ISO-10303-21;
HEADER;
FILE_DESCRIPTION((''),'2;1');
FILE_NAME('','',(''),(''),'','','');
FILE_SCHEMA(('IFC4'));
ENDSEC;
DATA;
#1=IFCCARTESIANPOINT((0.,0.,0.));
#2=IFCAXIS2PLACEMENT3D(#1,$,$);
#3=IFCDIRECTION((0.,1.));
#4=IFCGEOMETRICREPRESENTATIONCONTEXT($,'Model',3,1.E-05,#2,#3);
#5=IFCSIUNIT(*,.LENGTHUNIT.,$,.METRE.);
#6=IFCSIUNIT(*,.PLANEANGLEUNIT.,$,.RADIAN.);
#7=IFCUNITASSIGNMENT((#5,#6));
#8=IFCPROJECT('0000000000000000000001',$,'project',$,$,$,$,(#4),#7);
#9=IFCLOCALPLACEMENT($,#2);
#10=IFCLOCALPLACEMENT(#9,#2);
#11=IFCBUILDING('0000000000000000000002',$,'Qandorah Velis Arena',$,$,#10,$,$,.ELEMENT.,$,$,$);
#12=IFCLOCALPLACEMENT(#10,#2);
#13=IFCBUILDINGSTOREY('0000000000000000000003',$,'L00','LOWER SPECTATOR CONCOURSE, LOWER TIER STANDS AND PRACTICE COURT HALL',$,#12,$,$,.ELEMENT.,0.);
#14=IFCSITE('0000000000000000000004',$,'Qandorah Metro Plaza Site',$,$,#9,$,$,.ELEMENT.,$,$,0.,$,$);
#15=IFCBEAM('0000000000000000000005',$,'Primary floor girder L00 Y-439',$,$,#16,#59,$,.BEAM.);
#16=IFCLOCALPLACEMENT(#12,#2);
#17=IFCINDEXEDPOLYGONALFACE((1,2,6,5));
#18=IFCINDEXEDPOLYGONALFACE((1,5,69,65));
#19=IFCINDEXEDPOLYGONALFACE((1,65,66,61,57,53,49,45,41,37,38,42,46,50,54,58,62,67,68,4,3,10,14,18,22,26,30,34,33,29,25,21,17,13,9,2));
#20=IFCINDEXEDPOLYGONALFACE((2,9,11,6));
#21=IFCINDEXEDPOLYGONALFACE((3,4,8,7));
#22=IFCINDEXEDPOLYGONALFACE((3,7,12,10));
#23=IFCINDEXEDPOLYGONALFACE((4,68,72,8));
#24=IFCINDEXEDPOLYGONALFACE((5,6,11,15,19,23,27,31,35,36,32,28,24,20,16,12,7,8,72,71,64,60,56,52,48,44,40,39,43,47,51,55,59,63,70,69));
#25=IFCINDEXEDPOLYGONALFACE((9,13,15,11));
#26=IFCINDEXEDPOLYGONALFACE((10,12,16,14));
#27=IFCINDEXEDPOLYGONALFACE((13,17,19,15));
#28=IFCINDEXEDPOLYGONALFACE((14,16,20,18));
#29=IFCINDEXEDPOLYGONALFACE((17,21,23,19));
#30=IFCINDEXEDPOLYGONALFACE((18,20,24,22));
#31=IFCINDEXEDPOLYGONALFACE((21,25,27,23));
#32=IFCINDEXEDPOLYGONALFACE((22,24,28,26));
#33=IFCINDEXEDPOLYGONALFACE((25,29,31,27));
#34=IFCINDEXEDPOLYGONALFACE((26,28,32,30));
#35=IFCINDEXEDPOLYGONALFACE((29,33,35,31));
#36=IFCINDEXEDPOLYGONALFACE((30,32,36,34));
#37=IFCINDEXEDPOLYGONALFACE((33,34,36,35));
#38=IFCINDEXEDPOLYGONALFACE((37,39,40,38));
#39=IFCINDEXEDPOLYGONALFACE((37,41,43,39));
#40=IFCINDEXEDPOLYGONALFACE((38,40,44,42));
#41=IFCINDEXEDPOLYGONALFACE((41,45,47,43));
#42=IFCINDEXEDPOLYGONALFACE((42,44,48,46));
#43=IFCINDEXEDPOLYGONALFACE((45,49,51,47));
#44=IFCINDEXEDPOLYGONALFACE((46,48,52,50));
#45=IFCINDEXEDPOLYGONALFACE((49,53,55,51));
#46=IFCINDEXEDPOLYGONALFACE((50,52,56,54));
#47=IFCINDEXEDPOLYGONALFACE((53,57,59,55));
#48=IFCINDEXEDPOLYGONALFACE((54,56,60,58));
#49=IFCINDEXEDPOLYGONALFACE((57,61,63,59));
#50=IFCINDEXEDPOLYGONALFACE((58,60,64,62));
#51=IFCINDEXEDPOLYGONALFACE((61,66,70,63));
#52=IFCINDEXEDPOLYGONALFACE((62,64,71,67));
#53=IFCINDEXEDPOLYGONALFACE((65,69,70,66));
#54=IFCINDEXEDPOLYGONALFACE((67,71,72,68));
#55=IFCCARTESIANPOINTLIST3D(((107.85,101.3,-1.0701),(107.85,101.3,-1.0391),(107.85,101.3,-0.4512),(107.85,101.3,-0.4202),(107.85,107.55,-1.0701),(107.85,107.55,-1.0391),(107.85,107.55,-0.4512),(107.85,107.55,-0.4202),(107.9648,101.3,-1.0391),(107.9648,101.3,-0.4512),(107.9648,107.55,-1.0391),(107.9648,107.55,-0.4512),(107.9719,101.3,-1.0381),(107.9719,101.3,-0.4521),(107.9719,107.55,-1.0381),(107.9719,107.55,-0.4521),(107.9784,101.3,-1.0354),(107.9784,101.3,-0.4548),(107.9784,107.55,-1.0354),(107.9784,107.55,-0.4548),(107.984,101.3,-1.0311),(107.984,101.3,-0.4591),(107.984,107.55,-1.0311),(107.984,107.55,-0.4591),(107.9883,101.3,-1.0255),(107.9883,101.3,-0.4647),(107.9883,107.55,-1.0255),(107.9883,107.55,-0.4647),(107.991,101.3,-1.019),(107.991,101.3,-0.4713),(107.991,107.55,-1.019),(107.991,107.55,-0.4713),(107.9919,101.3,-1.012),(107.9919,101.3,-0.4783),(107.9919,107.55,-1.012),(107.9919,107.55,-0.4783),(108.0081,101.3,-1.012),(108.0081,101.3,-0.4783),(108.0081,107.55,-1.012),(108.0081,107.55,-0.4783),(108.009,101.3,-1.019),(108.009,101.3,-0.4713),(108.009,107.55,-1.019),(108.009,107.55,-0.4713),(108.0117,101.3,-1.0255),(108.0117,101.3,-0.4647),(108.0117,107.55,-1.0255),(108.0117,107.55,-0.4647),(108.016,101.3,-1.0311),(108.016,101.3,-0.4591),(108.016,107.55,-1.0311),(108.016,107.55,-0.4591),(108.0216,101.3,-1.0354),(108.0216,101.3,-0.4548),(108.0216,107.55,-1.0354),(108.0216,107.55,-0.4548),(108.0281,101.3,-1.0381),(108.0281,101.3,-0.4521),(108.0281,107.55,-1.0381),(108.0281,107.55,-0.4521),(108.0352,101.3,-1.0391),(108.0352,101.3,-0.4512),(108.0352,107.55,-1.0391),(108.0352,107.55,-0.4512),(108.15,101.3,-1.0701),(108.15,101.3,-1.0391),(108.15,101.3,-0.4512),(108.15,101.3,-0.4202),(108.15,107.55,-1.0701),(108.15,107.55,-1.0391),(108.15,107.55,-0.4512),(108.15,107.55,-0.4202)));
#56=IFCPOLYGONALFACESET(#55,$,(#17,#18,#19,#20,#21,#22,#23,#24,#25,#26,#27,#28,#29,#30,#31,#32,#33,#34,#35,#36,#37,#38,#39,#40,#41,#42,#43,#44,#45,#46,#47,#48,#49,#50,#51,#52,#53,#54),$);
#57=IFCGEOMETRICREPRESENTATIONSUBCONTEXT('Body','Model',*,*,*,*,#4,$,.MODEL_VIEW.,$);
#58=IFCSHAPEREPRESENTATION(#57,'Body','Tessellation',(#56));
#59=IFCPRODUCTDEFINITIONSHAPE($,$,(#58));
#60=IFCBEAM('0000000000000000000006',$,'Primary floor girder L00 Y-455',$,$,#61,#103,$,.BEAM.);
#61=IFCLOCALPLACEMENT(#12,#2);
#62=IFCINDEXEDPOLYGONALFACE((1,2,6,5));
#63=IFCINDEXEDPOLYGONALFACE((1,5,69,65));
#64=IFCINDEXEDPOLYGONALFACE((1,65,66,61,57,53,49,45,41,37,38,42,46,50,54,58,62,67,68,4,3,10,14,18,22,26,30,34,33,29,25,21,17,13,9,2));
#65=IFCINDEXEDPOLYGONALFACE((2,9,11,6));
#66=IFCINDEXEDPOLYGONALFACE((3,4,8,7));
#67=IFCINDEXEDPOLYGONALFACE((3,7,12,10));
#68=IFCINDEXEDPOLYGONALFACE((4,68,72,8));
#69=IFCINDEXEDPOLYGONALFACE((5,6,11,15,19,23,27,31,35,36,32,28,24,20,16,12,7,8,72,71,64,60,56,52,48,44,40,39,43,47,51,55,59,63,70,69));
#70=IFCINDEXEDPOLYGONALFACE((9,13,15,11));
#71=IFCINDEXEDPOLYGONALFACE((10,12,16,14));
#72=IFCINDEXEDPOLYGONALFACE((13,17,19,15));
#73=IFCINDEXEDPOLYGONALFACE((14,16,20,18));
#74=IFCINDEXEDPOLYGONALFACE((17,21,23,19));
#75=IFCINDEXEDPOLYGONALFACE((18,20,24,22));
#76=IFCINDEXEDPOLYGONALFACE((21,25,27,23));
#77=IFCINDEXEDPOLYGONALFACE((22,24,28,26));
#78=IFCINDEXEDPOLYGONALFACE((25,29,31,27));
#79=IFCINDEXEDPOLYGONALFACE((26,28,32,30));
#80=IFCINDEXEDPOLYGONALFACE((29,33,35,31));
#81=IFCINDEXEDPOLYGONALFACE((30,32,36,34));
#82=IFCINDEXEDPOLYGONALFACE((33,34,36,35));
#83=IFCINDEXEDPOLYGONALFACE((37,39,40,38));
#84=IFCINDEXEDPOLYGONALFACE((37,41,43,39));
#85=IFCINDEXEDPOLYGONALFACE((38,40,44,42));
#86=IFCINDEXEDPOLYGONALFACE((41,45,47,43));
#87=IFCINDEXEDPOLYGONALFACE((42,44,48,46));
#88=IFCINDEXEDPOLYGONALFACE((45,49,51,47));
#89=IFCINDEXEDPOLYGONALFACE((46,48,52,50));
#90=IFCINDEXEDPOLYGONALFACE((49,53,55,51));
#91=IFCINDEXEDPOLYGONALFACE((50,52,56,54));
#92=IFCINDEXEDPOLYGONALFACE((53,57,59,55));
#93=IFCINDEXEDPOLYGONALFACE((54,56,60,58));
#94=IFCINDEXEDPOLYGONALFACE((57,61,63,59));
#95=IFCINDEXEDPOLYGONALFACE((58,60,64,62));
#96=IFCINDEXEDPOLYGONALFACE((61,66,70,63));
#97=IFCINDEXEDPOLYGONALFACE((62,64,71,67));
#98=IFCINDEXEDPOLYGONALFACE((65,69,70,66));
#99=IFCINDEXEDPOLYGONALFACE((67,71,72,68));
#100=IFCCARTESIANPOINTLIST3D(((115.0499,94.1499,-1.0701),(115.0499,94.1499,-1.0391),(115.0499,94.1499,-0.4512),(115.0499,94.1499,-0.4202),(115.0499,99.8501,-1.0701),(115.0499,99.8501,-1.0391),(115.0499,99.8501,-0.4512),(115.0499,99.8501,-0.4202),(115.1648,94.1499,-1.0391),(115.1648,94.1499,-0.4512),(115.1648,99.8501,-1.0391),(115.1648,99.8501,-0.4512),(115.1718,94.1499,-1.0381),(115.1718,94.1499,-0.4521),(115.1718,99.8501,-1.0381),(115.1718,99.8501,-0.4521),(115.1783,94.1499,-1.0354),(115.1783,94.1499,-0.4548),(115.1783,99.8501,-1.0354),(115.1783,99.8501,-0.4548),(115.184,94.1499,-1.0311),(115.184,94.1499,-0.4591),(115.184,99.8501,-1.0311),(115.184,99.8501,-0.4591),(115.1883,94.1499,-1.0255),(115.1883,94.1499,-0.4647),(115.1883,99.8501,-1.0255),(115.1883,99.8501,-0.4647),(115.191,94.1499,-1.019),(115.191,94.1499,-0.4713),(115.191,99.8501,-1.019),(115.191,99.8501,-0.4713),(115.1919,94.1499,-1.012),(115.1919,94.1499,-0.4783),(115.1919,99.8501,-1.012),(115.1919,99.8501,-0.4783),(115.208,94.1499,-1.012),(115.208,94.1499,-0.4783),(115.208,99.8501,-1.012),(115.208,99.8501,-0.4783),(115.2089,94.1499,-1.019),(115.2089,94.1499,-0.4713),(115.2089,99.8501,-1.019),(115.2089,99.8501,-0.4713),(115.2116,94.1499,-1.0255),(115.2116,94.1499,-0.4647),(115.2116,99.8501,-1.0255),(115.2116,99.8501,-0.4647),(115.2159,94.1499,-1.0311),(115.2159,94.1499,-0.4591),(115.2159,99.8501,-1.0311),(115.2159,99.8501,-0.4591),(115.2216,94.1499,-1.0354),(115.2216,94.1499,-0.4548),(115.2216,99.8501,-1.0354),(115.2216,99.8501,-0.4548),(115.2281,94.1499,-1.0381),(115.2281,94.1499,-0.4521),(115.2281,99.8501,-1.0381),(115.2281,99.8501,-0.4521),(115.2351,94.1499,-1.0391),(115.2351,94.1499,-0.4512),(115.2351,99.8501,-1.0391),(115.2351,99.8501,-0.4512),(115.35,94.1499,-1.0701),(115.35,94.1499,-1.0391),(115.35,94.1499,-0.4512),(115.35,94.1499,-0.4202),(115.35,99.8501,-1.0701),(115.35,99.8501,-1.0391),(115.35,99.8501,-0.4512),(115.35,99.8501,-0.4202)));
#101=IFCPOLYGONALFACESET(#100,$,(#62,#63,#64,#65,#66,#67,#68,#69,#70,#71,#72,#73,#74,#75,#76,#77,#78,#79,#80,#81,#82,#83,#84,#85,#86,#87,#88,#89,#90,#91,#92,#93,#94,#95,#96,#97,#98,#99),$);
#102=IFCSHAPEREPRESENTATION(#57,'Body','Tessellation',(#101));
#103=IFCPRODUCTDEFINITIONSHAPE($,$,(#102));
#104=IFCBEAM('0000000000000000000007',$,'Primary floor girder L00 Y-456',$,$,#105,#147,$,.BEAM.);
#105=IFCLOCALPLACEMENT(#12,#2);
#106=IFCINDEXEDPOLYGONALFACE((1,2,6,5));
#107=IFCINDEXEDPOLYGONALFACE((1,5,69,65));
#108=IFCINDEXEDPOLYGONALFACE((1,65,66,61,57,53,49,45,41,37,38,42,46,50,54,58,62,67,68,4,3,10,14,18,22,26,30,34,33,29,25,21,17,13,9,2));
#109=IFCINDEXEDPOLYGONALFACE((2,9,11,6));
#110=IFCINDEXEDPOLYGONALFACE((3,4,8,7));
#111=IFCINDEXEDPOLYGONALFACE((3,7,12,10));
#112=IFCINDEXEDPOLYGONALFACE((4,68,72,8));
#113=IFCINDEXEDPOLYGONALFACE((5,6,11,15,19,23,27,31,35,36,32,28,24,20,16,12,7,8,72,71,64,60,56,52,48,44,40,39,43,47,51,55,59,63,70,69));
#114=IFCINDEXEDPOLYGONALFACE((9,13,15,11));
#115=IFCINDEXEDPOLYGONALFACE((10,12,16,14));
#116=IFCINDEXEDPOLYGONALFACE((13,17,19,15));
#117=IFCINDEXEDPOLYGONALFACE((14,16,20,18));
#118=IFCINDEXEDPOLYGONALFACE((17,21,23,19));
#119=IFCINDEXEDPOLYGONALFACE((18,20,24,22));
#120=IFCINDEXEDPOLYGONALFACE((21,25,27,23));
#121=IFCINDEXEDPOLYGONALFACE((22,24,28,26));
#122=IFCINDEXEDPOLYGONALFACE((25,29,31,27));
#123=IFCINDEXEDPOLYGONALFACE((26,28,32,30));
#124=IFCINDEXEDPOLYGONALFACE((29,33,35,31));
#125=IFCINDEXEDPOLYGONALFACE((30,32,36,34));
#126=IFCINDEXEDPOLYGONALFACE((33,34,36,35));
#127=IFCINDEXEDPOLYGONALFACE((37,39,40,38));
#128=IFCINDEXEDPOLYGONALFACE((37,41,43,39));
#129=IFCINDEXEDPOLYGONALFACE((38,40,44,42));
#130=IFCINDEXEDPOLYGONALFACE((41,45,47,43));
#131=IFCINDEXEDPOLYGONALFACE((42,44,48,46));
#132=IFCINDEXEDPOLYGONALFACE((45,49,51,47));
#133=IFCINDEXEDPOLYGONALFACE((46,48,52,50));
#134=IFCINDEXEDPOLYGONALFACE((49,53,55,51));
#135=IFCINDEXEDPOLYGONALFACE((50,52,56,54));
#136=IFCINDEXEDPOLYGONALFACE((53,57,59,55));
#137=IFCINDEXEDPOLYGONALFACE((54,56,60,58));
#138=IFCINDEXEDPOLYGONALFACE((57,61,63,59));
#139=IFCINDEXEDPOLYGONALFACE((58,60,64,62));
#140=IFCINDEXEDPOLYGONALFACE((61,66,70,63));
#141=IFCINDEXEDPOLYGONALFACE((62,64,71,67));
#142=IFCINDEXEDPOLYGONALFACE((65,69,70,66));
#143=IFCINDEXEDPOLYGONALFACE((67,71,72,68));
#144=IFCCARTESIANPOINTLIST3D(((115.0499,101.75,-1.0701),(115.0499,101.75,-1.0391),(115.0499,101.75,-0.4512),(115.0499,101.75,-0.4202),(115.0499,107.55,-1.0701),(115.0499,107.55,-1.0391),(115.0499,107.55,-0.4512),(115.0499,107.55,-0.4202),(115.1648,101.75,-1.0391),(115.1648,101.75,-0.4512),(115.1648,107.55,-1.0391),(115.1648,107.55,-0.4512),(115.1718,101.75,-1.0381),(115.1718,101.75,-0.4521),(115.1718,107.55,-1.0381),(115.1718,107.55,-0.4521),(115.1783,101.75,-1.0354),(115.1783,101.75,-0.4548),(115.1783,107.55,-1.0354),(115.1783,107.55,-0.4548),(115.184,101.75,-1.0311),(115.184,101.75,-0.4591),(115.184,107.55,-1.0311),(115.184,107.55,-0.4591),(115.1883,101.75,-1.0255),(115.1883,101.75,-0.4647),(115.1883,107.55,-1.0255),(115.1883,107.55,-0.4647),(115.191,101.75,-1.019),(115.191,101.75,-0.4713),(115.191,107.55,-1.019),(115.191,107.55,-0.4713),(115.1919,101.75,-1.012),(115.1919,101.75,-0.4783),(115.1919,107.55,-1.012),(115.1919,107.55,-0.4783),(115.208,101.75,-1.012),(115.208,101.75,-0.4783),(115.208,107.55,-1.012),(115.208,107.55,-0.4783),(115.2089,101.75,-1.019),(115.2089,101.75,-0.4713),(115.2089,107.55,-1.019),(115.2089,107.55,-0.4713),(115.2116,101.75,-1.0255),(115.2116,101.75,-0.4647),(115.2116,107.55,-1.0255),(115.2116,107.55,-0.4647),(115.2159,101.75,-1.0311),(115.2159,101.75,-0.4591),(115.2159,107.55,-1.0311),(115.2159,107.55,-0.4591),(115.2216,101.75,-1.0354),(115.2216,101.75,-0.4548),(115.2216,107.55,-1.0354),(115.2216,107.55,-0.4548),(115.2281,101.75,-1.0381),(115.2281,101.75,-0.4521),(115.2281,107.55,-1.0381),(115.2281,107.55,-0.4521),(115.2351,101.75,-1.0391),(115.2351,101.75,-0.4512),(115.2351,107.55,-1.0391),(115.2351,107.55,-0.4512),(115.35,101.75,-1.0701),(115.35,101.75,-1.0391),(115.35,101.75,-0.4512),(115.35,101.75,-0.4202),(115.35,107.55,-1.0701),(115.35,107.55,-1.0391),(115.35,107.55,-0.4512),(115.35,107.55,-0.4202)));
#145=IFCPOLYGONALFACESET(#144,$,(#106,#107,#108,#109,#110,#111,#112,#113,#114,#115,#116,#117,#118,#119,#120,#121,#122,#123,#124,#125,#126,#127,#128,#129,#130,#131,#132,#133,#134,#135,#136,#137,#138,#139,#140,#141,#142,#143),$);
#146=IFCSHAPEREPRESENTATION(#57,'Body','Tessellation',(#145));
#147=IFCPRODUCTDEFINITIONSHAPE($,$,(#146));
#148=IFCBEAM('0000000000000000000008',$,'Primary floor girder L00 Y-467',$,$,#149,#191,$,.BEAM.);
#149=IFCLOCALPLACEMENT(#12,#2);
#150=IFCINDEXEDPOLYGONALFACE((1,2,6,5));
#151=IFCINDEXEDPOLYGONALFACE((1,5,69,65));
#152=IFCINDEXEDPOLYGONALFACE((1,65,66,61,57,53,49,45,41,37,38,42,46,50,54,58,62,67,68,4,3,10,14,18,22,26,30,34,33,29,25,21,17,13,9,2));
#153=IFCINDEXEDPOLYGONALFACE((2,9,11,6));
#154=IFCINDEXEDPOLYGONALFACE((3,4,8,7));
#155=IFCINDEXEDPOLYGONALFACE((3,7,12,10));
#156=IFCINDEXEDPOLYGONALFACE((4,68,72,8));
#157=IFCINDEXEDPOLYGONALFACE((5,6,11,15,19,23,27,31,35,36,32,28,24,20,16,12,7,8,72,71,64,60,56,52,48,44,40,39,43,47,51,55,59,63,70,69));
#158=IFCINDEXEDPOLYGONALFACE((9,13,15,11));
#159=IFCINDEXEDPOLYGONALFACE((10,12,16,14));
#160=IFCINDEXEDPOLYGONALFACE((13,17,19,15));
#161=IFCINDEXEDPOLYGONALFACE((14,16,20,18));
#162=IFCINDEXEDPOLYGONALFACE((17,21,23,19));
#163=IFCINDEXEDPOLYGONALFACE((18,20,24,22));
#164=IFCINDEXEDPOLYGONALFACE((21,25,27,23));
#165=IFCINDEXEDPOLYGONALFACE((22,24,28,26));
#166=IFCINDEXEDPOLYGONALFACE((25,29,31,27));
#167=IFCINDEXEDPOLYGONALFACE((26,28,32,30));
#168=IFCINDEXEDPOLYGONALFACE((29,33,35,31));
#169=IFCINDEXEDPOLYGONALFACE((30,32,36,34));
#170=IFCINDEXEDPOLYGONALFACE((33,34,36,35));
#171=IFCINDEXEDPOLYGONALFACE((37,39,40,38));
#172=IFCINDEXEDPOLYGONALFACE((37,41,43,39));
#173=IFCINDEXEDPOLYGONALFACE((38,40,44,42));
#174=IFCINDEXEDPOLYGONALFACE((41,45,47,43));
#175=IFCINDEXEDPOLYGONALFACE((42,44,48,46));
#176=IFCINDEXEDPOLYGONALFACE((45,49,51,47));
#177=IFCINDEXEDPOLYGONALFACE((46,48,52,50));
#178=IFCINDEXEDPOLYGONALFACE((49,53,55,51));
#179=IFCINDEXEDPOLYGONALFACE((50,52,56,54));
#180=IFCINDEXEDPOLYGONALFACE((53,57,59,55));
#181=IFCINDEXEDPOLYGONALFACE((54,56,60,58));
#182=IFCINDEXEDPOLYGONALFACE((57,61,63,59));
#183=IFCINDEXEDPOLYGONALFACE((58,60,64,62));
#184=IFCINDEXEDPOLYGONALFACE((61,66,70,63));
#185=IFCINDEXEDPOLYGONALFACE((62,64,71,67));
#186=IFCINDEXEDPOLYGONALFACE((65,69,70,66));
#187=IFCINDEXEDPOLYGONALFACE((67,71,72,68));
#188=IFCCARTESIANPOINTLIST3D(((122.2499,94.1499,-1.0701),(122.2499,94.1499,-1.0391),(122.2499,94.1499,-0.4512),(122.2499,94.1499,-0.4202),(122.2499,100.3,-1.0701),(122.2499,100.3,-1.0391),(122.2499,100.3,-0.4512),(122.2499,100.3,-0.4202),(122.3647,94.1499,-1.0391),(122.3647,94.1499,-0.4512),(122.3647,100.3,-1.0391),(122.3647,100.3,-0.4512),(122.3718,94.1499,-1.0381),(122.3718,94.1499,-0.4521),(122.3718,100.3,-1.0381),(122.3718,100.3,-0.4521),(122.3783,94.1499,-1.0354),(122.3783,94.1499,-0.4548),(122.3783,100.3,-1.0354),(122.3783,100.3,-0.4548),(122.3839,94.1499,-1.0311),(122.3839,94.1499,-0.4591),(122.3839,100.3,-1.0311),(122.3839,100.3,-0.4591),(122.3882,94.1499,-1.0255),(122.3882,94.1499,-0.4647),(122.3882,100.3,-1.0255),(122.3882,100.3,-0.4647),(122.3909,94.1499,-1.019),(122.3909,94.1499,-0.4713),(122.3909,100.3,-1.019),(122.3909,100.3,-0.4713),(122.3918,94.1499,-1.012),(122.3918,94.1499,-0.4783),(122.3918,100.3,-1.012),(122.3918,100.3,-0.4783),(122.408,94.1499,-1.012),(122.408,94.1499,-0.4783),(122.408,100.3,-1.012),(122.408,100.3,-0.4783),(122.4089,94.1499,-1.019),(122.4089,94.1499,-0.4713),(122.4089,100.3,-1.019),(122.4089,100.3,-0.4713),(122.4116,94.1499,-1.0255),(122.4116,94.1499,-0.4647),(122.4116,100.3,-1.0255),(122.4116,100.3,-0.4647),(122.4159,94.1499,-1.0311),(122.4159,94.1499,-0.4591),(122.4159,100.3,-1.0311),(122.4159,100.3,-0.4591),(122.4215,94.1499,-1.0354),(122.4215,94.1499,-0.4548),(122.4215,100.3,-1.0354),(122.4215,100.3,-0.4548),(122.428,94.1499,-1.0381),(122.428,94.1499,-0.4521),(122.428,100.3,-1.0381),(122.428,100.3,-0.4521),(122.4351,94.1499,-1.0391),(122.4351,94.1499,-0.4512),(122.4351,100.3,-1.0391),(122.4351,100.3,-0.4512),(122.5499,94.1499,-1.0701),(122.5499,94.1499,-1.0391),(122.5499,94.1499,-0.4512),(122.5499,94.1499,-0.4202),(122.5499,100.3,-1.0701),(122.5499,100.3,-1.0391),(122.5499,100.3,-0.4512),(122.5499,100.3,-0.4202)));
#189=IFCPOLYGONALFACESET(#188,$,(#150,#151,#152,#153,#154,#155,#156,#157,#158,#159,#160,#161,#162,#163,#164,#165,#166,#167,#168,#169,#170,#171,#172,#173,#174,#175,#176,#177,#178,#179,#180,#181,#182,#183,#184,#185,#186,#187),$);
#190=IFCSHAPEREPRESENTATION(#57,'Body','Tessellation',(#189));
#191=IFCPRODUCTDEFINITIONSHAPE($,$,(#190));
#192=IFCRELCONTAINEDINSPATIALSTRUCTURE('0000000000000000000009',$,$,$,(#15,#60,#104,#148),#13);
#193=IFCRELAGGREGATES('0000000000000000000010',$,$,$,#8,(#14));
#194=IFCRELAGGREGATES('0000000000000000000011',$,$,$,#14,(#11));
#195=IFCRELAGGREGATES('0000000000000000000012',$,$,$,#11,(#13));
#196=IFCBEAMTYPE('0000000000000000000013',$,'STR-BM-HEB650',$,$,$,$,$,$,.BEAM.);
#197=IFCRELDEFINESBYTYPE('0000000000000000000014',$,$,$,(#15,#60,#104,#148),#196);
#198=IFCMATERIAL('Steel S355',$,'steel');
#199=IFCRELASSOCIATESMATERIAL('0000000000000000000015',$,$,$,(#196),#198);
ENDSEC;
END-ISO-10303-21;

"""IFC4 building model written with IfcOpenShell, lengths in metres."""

from ifc_helpers import new_model, si_unit, direction, frame, origin, origin_2d, place, context, subcontext, project, spatial, i_section, extrude, material, material_profile, profile_set, type_object, element, save


model = new_model("IFC4")

# Units and contexts
model_context = context("Model", 3, precision=1e-05, world=origin(), true_north=direction((0.0, 1.0)))
body_context = subcontext(model_context, "Body", "Model", "MODEL_VIEW")
ifc_project = project(units=[si_unit("LENGTHUNIT", "METRE"), si_unit("PLANEANGLEUNIT", "RADIAN")], contexts=[model_context])

# Site, building, storey
site_placement = place(None, origin())
site = spatial("IfcSite", under=ifc_project, at=site_placement, Name="Qandorah Metro Plaza Site", CompositionType="ELEMENT", RefElevation=0.0)
building_placement = place(site_placement, origin())
building = spatial("IfcBuilding", under=site, at=building_placement, Name="Qandorah Velis Arena", CompositionType="ELEMENT")
storey_placement = place(building_placement, origin())
storey = spatial("IfcBuildingStorey", under=building, at=storey_placement, Name="L00", Description="LOWER SPECTATOR CONCOURSE, LOWER TIER STANDS AND PRACTICE COURT HALL", CompositionType="ELEMENT", Elevation=0.0)

# Beams
ifc_material_1 = material(Name="Steel S355", Category="steel")
ifc_material_profile_1 = material_profile(ifc_material_1, i_section(OverallWidth=0.3, OverallDepth=0.6499, WebThickness=0.0161, FlangeThickness=0.031, FilletRadius=0.0271, at=origin_2d()), Name="HEB 650")
ifc_profile_set_1 = profile_set([ifc_material_profile_1], Name="Steel S355")
beam_type_1 = type_object("IfcBeamType", Name="STR-BM-HEB650", PredefinedType="BEAM", material=ifc_profile_set_1)
beam_1_placement = place(storey_placement, frame((108.0, 101.3, -0.7451), z_axis=(0.0, 1.0, 0.0), x_axis=(-1.0, 0.0, 0.0)))
element("IfcBeam", 1, at=beam_1_placement, inside=storey, type_object=beam_type_1, Name="Primary floor girder L00 Y-439", PredefinedType="BEAM", context=body_context, shape_type="SweptSolid", body=[
    extrude(i_section(OverallWidth=0.3, OverallDepth=0.6499, WebThickness=0.0161, FlangeThickness=0.031, FilletRadius=0.0271, at=origin_2d()), origin(), (0.0, 0.0, 1.0), 6.25),
])
beam_2_placement = place(storey_placement, frame((115.2, 94.1499, -0.7451), z_axis=(0.0, 1.0, 0.0), x_axis=(-1.0, 0.0, 0.0)))
element("IfcBeam", 2, at=beam_2_placement, inside=storey, type_object=beam_type_1, Name="Primary floor girder L00 Y-455", PredefinedType="BEAM", context=body_context, shape_type="SweptSolid", body=[
    extrude(i_section(OverallWidth=0.3, OverallDepth=0.6499, WebThickness=0.0161, FlangeThickness=0.031, FilletRadius=0.0271, at=origin_2d()), origin(), (0.0, 0.0, 1.0), 5.7002),
])
beam_3_placement = place(storey_placement, frame((115.2, 101.75, -0.7451), z_axis=(0.0, 1.0, 0.0), x_axis=(-1.0, 0.0, 0.0)))
element("IfcBeam", 3, at=beam_3_placement, inside=storey, type_object=beam_type_1, Name="Primary floor girder L00 Y-456", PredefinedType="BEAM", context=body_context, shape_type="SweptSolid", body=[
    extrude(i_section(OverallWidth=0.3, OverallDepth=0.6499, WebThickness=0.0161, FlangeThickness=0.031, FilletRadius=0.0271, at=origin_2d()), origin(), (0.0, 0.0, 1.0), 5.8),
])
beam_4_placement = place(storey_placement, frame((122.3999, 94.1499, -0.7451), z_axis=(0.0, 1.0, 0.0), x_axis=(-1.0, 0.0, 0.0)))
element("IfcBeam", 4, at=beam_4_placement, inside=storey, type_object=beam_type_1, Name="Primary floor girder L00 Y-467", PredefinedType="BEAM", context=body_context, shape_type="SweptSolid", body=[
    extrude(i_section(OverallWidth=0.3, OverallDepth=0.6499, WebThickness=0.0161, FlangeThickness=0.031, FilletRadius=0.0271, at=origin_2d()), origin(), (0.0, 0.0, 1.0), 6.1501),
])

save(model, "model.ifc")
